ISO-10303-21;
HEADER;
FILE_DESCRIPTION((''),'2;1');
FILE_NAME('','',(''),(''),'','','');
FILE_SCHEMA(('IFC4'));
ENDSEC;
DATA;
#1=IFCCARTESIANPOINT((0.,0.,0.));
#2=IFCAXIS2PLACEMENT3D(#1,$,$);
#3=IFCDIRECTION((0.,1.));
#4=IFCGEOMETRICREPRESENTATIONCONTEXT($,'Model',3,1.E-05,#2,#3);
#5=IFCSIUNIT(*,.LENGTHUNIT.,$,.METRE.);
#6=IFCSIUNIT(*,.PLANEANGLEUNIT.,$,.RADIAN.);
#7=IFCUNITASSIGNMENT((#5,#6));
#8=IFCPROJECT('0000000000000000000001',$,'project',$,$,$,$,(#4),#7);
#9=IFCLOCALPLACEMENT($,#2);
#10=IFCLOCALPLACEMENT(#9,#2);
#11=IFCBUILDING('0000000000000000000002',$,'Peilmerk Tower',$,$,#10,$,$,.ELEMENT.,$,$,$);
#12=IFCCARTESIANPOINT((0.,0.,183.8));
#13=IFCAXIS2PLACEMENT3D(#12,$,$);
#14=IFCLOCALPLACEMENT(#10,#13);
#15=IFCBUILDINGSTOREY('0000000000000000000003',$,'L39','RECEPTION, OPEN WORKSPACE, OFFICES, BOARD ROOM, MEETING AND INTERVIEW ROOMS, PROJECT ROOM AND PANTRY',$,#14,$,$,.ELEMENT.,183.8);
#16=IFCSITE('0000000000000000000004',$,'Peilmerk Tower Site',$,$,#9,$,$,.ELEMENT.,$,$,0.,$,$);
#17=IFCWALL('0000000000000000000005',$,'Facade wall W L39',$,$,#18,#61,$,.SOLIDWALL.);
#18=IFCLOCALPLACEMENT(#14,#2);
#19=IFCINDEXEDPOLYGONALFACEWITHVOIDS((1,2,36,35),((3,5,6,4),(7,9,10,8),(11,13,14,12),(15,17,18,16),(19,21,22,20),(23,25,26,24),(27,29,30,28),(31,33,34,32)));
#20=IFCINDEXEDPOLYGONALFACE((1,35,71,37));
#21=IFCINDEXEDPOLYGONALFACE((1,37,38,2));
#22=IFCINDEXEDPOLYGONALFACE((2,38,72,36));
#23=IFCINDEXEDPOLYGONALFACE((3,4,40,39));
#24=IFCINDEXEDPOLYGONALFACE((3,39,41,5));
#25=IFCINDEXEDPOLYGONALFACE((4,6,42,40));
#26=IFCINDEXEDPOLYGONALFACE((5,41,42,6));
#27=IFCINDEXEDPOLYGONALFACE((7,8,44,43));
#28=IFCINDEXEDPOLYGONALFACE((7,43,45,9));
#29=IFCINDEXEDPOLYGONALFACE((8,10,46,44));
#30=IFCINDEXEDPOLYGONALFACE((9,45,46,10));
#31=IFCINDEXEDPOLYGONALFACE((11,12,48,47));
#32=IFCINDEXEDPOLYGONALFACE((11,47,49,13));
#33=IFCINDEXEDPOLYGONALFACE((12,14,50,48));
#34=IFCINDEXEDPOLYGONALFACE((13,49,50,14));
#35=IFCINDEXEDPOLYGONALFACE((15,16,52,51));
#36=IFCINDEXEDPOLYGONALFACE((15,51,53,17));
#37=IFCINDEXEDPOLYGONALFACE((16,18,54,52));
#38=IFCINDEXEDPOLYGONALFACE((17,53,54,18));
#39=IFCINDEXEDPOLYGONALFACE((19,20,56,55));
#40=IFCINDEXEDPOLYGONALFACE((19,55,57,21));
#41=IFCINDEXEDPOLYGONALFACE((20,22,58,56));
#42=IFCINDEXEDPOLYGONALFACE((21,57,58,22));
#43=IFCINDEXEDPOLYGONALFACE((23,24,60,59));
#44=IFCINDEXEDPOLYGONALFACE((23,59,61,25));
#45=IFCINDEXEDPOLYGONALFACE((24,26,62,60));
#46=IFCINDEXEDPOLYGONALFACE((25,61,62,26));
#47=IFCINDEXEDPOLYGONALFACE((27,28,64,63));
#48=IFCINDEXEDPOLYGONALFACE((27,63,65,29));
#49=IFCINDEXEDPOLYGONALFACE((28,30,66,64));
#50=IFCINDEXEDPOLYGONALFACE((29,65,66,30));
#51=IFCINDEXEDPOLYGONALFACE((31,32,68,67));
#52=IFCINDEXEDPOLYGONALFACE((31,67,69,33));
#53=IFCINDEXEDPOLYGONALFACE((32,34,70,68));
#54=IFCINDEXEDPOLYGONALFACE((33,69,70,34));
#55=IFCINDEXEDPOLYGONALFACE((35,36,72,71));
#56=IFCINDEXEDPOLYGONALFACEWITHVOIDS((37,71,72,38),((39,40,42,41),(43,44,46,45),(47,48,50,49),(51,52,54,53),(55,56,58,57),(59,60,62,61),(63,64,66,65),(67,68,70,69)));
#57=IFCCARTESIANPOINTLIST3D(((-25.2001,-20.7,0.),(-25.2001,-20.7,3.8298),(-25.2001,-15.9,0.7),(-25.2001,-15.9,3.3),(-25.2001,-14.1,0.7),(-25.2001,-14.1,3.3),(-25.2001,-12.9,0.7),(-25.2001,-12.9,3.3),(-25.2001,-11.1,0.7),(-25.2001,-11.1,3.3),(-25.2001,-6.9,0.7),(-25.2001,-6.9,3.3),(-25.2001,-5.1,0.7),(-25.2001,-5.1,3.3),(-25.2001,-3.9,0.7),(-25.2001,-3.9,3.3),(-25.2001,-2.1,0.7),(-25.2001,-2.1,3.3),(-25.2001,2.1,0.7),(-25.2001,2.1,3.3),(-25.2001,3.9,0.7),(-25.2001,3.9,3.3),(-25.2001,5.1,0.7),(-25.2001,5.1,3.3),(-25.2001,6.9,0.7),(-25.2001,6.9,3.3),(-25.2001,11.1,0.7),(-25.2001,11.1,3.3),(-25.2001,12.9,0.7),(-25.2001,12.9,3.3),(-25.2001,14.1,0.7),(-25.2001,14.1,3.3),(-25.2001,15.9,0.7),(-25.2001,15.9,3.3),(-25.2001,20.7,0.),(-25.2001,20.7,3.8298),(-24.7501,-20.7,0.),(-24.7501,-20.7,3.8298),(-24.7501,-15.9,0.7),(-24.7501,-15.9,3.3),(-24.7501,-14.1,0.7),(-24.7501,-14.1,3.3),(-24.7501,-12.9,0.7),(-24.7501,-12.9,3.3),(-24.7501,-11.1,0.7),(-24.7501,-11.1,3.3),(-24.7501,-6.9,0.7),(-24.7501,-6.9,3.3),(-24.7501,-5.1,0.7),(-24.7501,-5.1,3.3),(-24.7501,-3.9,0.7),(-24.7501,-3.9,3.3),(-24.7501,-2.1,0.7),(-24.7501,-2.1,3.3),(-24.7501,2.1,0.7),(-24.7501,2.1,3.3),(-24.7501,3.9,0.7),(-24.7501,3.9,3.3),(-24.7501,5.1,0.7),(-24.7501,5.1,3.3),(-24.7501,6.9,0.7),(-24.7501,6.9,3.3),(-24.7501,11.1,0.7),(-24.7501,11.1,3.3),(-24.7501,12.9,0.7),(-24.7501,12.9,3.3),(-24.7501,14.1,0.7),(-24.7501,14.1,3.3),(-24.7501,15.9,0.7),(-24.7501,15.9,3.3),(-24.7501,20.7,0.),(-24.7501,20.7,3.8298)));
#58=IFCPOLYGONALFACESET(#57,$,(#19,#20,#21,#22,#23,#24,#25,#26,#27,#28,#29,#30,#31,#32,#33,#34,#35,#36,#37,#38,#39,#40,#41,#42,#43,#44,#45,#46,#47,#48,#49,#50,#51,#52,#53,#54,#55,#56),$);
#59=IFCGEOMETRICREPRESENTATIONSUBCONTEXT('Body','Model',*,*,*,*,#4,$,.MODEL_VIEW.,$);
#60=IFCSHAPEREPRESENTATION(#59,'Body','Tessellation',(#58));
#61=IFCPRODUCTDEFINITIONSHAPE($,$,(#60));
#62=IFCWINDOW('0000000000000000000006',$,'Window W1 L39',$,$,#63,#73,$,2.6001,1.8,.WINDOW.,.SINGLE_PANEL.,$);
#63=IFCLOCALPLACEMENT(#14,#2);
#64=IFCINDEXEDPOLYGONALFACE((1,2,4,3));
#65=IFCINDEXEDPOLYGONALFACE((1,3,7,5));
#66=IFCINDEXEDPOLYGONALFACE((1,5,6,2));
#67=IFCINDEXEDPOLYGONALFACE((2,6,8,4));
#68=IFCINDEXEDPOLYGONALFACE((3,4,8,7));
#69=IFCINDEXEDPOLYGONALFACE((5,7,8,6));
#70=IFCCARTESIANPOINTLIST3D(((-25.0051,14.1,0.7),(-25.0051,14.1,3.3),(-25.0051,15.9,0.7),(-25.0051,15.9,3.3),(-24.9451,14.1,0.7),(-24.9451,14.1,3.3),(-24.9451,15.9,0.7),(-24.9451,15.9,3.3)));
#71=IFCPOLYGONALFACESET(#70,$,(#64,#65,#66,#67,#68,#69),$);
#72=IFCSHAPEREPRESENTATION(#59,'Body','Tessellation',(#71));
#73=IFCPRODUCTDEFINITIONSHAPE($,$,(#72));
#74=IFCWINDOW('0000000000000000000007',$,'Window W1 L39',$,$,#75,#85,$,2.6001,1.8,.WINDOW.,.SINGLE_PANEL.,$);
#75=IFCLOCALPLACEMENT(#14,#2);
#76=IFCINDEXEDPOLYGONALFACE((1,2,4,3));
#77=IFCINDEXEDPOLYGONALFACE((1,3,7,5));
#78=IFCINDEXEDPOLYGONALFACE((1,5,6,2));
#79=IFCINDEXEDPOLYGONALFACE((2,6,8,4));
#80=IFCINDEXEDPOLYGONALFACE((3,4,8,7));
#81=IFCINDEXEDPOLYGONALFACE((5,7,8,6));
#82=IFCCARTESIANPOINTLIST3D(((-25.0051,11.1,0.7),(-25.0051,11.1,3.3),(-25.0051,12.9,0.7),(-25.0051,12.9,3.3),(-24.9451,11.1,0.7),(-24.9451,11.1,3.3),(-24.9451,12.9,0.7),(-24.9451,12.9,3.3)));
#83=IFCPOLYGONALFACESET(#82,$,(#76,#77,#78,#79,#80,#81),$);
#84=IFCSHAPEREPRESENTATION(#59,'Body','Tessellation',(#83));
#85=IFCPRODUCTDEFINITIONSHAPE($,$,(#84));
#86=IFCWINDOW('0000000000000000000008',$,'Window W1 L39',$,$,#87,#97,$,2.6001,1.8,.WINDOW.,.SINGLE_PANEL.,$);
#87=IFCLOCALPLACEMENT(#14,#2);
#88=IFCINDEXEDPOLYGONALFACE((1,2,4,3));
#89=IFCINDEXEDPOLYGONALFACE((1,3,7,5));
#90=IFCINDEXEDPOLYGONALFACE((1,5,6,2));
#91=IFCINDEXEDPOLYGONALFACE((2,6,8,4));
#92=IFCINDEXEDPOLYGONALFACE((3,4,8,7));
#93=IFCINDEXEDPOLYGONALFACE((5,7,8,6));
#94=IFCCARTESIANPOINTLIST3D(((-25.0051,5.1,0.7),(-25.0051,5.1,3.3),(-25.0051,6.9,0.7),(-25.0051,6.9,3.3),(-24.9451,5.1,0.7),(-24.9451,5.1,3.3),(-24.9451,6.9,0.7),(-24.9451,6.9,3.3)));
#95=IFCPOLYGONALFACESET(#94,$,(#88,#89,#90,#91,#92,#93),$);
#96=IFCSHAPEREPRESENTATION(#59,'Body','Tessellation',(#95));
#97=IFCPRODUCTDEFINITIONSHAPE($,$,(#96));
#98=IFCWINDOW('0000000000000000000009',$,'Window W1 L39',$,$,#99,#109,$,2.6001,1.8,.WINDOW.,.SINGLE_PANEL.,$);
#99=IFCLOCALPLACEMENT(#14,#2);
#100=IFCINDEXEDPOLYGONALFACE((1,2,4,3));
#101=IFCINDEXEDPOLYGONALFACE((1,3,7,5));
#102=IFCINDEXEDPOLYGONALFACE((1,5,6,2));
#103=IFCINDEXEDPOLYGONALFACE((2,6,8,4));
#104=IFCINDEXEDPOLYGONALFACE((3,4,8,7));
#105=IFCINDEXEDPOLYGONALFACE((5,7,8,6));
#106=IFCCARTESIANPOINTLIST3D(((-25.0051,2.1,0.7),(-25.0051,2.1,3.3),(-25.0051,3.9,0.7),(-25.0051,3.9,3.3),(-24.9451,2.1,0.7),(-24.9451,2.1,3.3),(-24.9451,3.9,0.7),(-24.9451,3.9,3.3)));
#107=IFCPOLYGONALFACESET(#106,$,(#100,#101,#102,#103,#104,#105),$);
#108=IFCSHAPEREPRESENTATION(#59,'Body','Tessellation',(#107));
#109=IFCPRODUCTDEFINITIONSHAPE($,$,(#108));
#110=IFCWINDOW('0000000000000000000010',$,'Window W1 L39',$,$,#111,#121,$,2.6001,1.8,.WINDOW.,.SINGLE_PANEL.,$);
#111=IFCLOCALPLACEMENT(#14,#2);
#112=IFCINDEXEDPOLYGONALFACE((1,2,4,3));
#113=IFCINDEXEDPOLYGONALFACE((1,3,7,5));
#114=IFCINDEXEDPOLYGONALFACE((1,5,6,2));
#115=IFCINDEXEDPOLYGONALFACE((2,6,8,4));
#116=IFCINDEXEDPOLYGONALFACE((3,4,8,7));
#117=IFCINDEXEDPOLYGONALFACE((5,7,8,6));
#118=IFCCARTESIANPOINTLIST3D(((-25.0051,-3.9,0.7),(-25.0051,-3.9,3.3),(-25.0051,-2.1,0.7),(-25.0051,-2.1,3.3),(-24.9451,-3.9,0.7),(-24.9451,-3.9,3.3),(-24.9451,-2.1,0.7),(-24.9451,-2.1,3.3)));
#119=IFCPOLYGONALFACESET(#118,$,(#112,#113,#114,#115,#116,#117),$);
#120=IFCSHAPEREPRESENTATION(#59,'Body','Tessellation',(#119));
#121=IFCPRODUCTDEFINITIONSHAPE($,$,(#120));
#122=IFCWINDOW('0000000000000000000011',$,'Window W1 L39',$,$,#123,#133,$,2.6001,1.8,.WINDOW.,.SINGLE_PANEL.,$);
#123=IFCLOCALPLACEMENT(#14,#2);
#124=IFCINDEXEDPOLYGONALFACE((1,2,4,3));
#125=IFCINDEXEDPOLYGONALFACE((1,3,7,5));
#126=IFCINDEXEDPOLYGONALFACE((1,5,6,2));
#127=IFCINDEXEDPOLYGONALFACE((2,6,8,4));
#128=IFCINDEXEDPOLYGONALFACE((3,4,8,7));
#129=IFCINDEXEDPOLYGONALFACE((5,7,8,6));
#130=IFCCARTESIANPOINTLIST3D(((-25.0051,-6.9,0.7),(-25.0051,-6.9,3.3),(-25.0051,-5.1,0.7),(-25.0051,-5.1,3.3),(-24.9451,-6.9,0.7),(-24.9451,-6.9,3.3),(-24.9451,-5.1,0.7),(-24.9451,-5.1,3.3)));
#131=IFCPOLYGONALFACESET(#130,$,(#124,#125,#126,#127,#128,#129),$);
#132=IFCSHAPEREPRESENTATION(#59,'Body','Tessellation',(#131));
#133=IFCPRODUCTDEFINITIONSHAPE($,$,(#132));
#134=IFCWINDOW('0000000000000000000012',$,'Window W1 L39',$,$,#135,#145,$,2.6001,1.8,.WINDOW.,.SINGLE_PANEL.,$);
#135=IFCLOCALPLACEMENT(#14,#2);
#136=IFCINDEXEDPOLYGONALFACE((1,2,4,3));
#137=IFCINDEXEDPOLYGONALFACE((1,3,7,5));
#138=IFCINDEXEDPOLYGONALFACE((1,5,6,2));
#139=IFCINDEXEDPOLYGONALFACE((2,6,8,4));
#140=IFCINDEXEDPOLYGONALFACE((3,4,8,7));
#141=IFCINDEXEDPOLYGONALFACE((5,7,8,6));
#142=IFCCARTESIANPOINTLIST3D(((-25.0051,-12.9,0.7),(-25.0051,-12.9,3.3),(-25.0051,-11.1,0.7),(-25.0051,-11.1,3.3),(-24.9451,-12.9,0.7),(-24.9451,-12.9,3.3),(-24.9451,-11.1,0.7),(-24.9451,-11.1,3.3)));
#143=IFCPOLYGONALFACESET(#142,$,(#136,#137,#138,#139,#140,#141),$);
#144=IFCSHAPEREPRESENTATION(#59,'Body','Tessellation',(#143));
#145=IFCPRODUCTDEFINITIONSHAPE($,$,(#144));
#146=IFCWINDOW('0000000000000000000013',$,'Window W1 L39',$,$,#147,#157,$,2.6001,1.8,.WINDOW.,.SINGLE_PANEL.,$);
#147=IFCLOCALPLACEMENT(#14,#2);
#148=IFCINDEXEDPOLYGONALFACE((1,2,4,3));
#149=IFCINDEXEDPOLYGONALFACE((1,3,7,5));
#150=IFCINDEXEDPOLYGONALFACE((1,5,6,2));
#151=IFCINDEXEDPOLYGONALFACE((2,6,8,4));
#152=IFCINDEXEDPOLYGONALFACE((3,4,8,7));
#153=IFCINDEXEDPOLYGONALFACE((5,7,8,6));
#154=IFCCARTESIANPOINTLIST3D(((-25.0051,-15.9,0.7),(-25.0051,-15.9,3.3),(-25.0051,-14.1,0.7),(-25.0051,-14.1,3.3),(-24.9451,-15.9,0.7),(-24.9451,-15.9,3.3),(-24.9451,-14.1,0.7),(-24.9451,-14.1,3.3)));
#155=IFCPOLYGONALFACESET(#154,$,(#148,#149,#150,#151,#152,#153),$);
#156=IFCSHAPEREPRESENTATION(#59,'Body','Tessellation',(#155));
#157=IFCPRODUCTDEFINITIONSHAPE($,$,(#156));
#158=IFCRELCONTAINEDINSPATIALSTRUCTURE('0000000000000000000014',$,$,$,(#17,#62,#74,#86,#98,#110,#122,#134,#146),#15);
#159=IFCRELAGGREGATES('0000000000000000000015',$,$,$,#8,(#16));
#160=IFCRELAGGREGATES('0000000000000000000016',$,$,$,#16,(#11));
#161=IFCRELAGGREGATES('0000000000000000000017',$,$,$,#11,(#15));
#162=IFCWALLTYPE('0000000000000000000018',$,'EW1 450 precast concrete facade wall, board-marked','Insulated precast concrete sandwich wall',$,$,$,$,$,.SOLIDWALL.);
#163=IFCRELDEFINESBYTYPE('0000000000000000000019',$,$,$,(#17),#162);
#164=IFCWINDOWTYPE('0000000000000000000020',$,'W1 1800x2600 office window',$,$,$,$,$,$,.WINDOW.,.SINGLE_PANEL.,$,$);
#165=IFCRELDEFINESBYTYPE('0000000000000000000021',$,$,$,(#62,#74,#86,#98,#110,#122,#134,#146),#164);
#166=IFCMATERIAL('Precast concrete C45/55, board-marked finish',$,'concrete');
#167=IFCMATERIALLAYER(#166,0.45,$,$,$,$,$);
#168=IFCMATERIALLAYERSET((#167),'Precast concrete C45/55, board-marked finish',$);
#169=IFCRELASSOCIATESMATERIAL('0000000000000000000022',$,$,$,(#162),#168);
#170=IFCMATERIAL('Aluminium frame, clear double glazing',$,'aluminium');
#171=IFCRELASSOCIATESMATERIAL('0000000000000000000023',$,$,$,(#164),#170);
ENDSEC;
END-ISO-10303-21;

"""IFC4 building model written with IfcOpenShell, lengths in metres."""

from ifc_helpers import new_model, si_unit, direction, frame, frame_2d, origin, place, context, subcontext, project, spatial, rectangle, extrude, material, layer, layer_set, type_object, element, fill, save


model = new_model("IFC4")

# Units and contexts
model_context = context("Model", 3, precision=1e-05, world=origin(), true_north=direction((0.0, 1.0)))
body_context = subcontext(model_context, "Body", "Model", "MODEL_VIEW")
ifc_project = project(units=[si_unit("LENGTHUNIT", "METRE"), si_unit("PLANEANGLEUNIT", "RADIAN")], contexts=[model_context])

# Site, building, storey
site_placement = place(None, origin())
site = spatial("IfcSite", under=ifc_project, at=site_placement, Name="Peilmerk Tower Site", CompositionType="ELEMENT", RefElevation=0.0)
building_placement = place(site_placement, origin())
building = spatial("IfcBuilding", under=site, at=building_placement, Name="Peilmerk Tower", CompositionType="ELEMENT")
storey_placement = place(building_placement, frame((0.0, 0.0, 183.8)))
storey = spatial("IfcBuildingStorey", under=building, at=storey_placement, Name="L39", Description="RECEPTION, OPEN WORKSPACE, OFFICES, BOARD ROOM, MEETING AND INTERVIEW ROOMS, PROJECT ROOM AND PANTRY", CompositionType="ELEMENT", Elevation=183.8)

# Wall, openings, windows
ifc_material_1 = material(Name="Precast concrete C45/55, board-marked finish", Category="concrete")
ifc_layer_1 = layer(ifc_material_1, 0.45)
ifc_layer_set_1 = layer_set([ifc_layer_1], Name="Precast concrete C45/55, board-marked finish")
wall_type = type_object("IfcWallType", Name="EW1 450 precast concrete facade wall, board-marked", Description="Insulated precast concrete sandwich wall", PredefinedType="SOLIDWALL", material=ifc_layer_set_1)
wall_1_placement = place(storey_placement, frame((-24.9751, 20.7, 0.0), z_axis=(0.0, 0.0, 1.0), x_axis=(0.0, -1.0, 0.0)))
wall_1 = element("IfcWall", 1, at=wall_1_placement, inside=storey, type_object=wall_type, Name="Facade wall W L39", PredefinedType="SOLIDWALL", context=body_context, shape_type="SweptSolid", body=[
    extrude(rectangle(XDim=41.3999, YDim=0.45, at=frame_2d((20.7, 0.0))), origin(), (0.0, 0.0, 1.0), 3.8298),
])
opening_1_placement = place(wall_1_placement, frame((4.8, 0.0, 0.7)))
opening_1 = element("IfcOpeningElement", 2, at=opening_1_placement, cuts=wall_1, PredefinedType="OPENING", context=body_context, shape_type="SweptSolid", body=[
    extrude(rectangle(XDim=1.8, YDim=2.6001, at=frame_2d((0.8999, 1.3))), frame((0.0, 0.2349, 0.0), z_axis=(0.0, -1.0, 0.0), x_axis=(1.0, 0.0, 0.0)), (0.0, 0.0, 1.0), 0.47),
])
opening_2_placement = place(wall_1_placement, frame((7.8, 0.0, 0.7)))
opening_2 = element("IfcOpeningElement", 3, at=opening_2_placement, cuts=wall_1, PredefinedType="OPENING", context=body_context, shape_type="SweptSolid", body=[
    extrude(rectangle(XDim=1.8, YDim=2.6001, at=frame_2d((0.8999, 1.3))), frame((0.0, 0.2349, 0.0), z_axis=(0.0, -1.0, 0.0), x_axis=(1.0, 0.0, 0.0)), (0.0, 0.0, 1.0), 0.47),
])
opening_3_placement = place(wall_1_placement, frame((13.8, 0.0, 0.7)))
opening_3 = element("IfcOpeningElement", 4, at=opening_3_placement, cuts=wall_1, PredefinedType="OPENING", context=body_context, shape_type="SweptSolid", body=[
    extrude(rectangle(XDim=1.8, YDim=2.6001, at=frame_2d((0.8999, 1.3))), frame((0.0, 0.2349, 0.0), z_axis=(0.0, -1.0, 0.0), x_axis=(1.0, 0.0, 0.0)), (0.0, 0.0, 1.0), 0.47),
])
opening_4_placement = place(wall_1_placement, frame((16.8, 0.0, 0.7)))
opening_4 = element("IfcOpeningElement", 5, at=opening_4_placement, cuts=wall_1, PredefinedType="OPENING", context=body_context, shape_type="SweptSolid", body=[
    extrude(rectangle(XDim=1.8, YDim=2.6001, at=frame_2d((0.8999, 1.3))), frame((0.0, 0.2349, 0.0), z_axis=(0.0, -1.0, 0.0), x_axis=(1.0, 0.0, 0.0)), (0.0, 0.0, 1.0), 0.47),
])
opening_5_placement = place(wall_1_placement, frame((22.8, 0.0, 0.7)))
opening_5 = element("IfcOpeningElement", 6, at=opening_5_placement, cuts=wall_1, PredefinedType="OPENING", context=body_context, shape_type="SweptSolid", body=[
    extrude(rectangle(XDim=1.8, YDim=2.6001, at=frame_2d((0.8999, 1.3))), frame((0.0, 0.2349, 0.0), z_axis=(0.0, -1.0, 0.0), x_axis=(1.0, 0.0, 0.0)), (0.0, 0.0, 1.0), 0.47),
])
opening_6_placement = place(wall_1_placement, frame((25.8, 0.0, 0.7)))
opening_6 = element("IfcOpeningElement", 7, at=opening_6_placement, cuts=wall_1, PredefinedType="OPENING", context=body_context, shape_type="SweptSolid", body=[
    extrude(rectangle(XDim=1.8, YDim=2.6001, at=frame_2d((0.8999, 1.3))), frame((0.0, 0.2349, 0.0), z_axis=(0.0, -1.0, 0.0), x_axis=(1.0, 0.0, 0.0)), (0.0, 0.0, 1.0), 0.47),
])
opening_7_placement = place(wall_1_placement, frame((31.8, 0.0, 0.7)))
opening_7 = element("IfcOpeningElement", 8, at=opening_7_placement, cuts=wall_1, PredefinedType="OPENING", context=body_context, shape_type="SweptSolid", body=[
    extrude(rectangle(XDim=1.8, YDim=2.6001, at=frame_2d((0.8999, 1.3))), frame((0.0, 0.2349, 0.0), z_axis=(0.0, -1.0, 0.0), x_axis=(1.0, 0.0, 0.0)), (0.0, 0.0, 1.0), 0.47),
])
opening_8_placement = place(wall_1_placement, frame((34.8, 0.0, 0.7)))
opening_8 = element("IfcOpeningElement", 9, at=opening_8_placement, cuts=wall_1, PredefinedType="OPENING", context=body_context, shape_type="SweptSolid", body=[
    extrude(rectangle(XDim=1.8, YDim=2.6001, at=frame_2d((0.8999, 1.3))), frame((0.0, 0.2349, 0.0), z_axis=(0.0, -1.0, 0.0), x_axis=(1.0, 0.0, 0.0)), (0.0, 0.0, 1.0), 0.47),
])
ifc_material_2 = material(Name="Aluminium frame, clear double glazing", Category="aluminium")
window_type = type_object("IfcWindowType", Name="W1 1800x2600 office window", PartitioningType="SINGLE_PANEL", PredefinedType="WINDOW", material=ifc_material_2)
window_1_placement = place(opening_1_placement, origin())
window_1 = element("IfcWindow", 10, at=window_1_placement, inside=storey, type_object=window_type, Name="Window W1 L39", OverallHeight=2.6001, OverallWidth=1.8, PartitioningType="SINGLE_PANEL", PredefinedType="WINDOW", context=body_context, shape_type="SweptSolid", body=[
    extrude(rectangle(XDim=1.8, YDim=2.6001, at=frame_2d((0.8999, 1.3))), frame((0.0, 0.03, 0.0), z_axis=(0.0, -1.0, 0.0), x_axis=(1.0, 0.0, 0.0)), (0.0, 0.0, 1.0), 0.0601),
])
fill(opening_1, window_1)
window_2_placement = place(opening_2_placement, origin())
window_2 = element("IfcWindow", 11, at=window_2_placement, inside=storey, type_object=window_type, Name="Window W1 L39", OverallHeight=2.6001, OverallWidth=1.8, PartitioningType="SINGLE_PANEL", PredefinedType="WINDOW", context=body_context, shape_type="SweptSolid", body=[
    extrude(rectangle(XDim=1.8, YDim=2.6001, at=frame_2d((0.8999, 1.3))), frame((0.0, 0.03, 0.0), z_axis=(0.0, -1.0, 0.0), x_axis=(1.0, 0.0, 0.0)), (0.0, 0.0, 1.0), 0.0601),
])
fill(opening_2, window_2)
window_3_placement = place(opening_3_placement, origin())
window_3 = element("IfcWindow", 12, at=window_3_placement, inside=storey, type_object=window_type, Name="Window W1 L39", OverallHeight=2.6001, OverallWidth=1.8, PartitioningType="SINGLE_PANEL", PredefinedType="WINDOW", context=body_context, shape_type="SweptSolid", body=[
    extrude(rectangle(XDim=1.8, YDim=2.6001, at=frame_2d((0.8999, 1.3))), frame((0.0, 0.03, 0.0), z_axis=(0.0, -1.0, 0.0), x_axis=(1.0, 0.0, 0.0)), (0.0, 0.0, 1.0), 0.0601),
])
fill(opening_3, window_3)
window_4_placement = place(opening_4_placement, origin())
window_4 = element("IfcWindow", 13, at=window_4_placement, inside=storey, type_object=window_type, Name="Window W1 L39", OverallHeight=2.6001, OverallWidth=1.8, PartitioningType="SINGLE_PANEL", PredefinedType="WINDOW", context=body_context, shape_type="SweptSolid", body=[
    extrude(rectangle(XDim=1.8, YDim=2.6001, at=frame_2d((0.8999, 1.3))), frame((0.0, 0.03, 0.0), z_axis=(0.0, -1.0, 0.0), x_axis=(1.0, 0.0, 0.0)), (0.0, 0.0, 1.0), 0.0601),
])
fill(opening_4, window_4)
window_5_placement = place(opening_5_placement, origin())
window_5 = element("IfcWindow", 14, at=window_5_placement, inside=storey, type_object=window_type, Name="Window W1 L39", OverallHeight=2.6001, OverallWidth=1.8, PartitioningType="SINGLE_PANEL", PredefinedType="WINDOW", context=body_context, shape_type="SweptSolid", body=[
    extrude(rectangle(XDim=1.8, YDim=2.6001, at=frame_2d((0.8999, 1.3))), frame((0.0, 0.03, 0.0), z_axis=(0.0, -1.0, 0.0), x_axis=(1.0, 0.0, 0.0)), (0.0, 0.0, 1.0), 0.0601),
])
fill(opening_5, window_5)
window_6_placement = place(opening_6_placement, origin())
window_6 = element("IfcWindow", 15, at=window_6_placement, inside=storey, type_object=window_type, Name="Window W1 L39", OverallHeight=2.6001, OverallWidth=1.8, PartitioningType="SINGLE_PANEL", PredefinedType="WINDOW", context=body_context, shape_type="SweptSolid", body=[
    extrude(rectangle(XDim=1.8, YDim=2.6001, at=frame_2d((0.8999, 1.3))), frame((0.0, 0.03, 0.0), z_axis=(0.0, -1.0, 0.0), x_axis=(1.0, 0.0, 0.0)), (0.0, 0.0, 1.0), 0.0601),
])
fill(opening_6, window_6)
window_7_placement = place(opening_7_placement, origin())
window_7 = element("IfcWindow", 16, at=window_7_placement, inside=storey, type_object=window_type, Name="Window W1 L39", OverallHeight=2.6001, OverallWidth=1.8, PartitioningType="SINGLE_PANEL", PredefinedType="WINDOW", context=body_context, shape_type="SweptSolid", body=[
    extrude(rectangle(XDim=1.8, YDim=2.6001, at=frame_2d((0.8999, 1.3))), frame((0.0, 0.03, 0.0), z_axis=(0.0, -1.0, 0.0), x_axis=(1.0, 0.0, 0.0)), (0.0, 0.0, 1.0), 0.0601),
])
fill(opening_7, window_7)
window_8_placement = place(opening_8_placement, origin())
window_8 = element("IfcWindow", 17, at=window_8_placement, inside=storey, type_object=window_type, Name="Window W1 L39", OverallHeight=2.6001, OverallWidth=1.8, PartitioningType="SINGLE_PANEL", PredefinedType="WINDOW", context=body_context, shape_type="SweptSolid", body=[
    extrude(rectangle(XDim=1.8, YDim=2.6001, at=frame_2d((0.8999, 1.3))), frame((0.0, 0.03, 0.0), z_axis=(0.0, -1.0, 0.0), x_axis=(1.0, 0.0, 0.0)), (0.0, 0.0, 1.0), 0.0601),
])
fill(opening_8, window_8)

save(model, "model.ifc")
